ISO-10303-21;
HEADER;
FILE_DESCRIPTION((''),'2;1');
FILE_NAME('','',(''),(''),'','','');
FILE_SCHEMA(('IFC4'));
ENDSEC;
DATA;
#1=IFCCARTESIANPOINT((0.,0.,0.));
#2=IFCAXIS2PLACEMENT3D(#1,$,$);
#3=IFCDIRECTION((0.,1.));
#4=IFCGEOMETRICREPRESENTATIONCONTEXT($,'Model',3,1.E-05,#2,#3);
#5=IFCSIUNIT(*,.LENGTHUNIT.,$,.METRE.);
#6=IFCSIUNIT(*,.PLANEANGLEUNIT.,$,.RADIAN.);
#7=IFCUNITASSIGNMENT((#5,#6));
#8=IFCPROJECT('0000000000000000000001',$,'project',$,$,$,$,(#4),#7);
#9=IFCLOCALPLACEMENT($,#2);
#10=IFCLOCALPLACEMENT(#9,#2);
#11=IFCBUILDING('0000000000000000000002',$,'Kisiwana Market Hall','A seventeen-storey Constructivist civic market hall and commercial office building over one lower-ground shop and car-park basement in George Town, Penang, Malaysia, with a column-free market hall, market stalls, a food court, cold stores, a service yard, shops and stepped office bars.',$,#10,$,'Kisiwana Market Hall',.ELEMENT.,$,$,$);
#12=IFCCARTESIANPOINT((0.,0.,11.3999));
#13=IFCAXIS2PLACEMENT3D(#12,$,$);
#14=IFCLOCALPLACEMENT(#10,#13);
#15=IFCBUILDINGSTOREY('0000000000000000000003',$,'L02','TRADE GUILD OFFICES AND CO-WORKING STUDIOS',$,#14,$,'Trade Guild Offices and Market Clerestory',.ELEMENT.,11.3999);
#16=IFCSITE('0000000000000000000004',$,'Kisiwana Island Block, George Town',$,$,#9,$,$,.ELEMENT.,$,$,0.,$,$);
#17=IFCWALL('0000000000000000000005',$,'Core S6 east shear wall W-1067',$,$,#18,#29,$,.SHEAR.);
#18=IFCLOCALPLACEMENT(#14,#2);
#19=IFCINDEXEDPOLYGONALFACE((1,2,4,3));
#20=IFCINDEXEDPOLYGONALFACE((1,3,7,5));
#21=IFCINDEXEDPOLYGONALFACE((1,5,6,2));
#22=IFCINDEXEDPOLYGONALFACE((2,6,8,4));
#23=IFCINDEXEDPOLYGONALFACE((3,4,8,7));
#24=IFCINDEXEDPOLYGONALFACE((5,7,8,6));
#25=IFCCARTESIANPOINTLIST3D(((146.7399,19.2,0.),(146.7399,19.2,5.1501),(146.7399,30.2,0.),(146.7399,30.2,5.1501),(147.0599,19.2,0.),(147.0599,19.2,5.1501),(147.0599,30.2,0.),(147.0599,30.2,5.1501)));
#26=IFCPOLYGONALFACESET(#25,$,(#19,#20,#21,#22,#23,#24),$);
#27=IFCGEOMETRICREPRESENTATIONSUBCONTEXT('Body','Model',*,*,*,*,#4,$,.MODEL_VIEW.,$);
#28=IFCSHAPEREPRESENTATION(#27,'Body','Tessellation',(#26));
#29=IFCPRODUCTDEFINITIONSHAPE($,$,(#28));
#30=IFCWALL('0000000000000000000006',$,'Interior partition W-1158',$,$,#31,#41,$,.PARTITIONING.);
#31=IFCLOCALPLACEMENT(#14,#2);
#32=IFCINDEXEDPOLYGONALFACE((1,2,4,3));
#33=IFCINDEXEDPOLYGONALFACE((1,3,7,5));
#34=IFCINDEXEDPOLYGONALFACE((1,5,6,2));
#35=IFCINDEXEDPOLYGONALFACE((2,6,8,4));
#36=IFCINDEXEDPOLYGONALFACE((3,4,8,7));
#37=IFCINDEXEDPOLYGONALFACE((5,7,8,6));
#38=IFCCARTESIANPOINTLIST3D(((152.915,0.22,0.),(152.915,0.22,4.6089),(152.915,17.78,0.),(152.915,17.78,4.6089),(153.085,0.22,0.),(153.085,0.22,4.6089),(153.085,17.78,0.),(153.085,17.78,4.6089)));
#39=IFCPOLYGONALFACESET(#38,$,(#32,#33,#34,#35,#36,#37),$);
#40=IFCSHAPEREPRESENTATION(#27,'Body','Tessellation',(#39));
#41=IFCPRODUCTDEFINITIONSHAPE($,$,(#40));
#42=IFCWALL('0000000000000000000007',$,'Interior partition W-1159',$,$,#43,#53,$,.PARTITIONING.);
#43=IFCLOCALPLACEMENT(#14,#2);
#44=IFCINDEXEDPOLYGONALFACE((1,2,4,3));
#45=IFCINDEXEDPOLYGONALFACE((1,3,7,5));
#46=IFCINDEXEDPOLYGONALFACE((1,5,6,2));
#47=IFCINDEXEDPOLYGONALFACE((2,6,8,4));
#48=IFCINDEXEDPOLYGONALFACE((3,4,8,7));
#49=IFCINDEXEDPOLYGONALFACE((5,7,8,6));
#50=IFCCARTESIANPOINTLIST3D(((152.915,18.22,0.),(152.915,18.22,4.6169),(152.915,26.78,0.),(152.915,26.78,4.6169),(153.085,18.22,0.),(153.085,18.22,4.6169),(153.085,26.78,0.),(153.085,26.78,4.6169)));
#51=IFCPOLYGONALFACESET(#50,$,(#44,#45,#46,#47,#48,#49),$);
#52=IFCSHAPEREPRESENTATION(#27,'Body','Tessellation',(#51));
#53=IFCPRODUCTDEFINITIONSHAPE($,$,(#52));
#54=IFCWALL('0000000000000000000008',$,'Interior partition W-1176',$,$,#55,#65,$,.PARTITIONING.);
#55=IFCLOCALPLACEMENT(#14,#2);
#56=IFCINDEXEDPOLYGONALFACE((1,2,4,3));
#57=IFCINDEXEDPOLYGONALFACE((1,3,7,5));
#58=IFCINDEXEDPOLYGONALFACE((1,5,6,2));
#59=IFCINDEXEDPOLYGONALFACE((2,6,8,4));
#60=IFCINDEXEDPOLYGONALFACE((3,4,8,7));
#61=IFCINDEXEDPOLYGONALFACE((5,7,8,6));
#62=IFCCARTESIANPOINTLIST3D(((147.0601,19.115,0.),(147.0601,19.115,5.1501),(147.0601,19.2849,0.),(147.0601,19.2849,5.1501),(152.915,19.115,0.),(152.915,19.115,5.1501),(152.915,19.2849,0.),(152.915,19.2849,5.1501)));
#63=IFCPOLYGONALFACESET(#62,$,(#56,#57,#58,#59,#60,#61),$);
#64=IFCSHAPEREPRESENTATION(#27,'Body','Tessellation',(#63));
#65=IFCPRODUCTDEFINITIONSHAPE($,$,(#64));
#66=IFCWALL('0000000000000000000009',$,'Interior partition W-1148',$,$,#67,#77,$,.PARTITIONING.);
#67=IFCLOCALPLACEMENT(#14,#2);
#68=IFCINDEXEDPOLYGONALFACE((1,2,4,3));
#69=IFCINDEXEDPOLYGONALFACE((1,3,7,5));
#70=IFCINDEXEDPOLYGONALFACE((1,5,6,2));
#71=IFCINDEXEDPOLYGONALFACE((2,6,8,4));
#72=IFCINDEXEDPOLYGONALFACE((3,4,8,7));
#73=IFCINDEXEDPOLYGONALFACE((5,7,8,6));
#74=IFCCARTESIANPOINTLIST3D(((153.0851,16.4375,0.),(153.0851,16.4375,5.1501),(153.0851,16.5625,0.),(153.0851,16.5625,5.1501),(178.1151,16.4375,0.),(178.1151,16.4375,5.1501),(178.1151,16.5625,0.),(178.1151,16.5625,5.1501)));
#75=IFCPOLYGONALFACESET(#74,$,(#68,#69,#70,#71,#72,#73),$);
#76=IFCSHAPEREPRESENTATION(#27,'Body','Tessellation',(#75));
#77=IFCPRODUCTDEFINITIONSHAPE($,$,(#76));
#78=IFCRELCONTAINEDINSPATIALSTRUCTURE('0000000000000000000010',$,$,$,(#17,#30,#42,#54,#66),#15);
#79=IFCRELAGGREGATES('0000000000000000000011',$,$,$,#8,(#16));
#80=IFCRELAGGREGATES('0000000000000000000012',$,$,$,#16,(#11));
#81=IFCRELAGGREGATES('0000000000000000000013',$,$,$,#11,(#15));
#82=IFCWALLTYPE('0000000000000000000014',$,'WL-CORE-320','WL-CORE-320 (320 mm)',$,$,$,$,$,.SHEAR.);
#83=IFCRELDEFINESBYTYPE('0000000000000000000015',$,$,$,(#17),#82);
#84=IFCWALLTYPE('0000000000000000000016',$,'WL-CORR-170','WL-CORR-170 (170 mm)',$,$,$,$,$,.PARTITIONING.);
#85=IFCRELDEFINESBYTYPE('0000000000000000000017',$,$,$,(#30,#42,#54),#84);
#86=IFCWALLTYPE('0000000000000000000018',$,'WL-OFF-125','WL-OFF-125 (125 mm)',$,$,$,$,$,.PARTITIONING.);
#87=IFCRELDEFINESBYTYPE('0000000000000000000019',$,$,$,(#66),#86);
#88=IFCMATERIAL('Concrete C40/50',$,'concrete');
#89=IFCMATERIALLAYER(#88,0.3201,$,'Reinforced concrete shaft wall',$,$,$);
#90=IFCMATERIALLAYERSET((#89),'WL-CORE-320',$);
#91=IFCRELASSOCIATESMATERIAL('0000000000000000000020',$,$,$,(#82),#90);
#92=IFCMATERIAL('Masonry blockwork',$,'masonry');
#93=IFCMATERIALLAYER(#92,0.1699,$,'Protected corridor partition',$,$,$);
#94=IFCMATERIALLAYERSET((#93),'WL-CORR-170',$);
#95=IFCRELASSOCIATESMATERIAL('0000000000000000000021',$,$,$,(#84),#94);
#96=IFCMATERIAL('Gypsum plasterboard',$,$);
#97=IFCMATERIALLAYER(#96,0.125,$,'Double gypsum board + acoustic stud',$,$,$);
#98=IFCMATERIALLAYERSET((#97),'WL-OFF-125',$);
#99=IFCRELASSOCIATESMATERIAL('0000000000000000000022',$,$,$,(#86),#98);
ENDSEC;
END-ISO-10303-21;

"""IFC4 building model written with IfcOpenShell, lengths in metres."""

from ifc_helpers import new_model, si_unit, direction, frame, frame_2d, origin, place, context, subcontext, project, spatial, rectangle, extrude, material, layer, layer_set, type_object, element, save


model = new_model("IFC4")

# Units and contexts
model_context = context("Model", 3, precision=1e-05, world=origin(), true_north=direction((0.0, 1.0)))
body_context = subcontext(model_context, "Body", "Model", "MODEL_VIEW")
ifc_project = project(units=[si_unit("LENGTHUNIT", "METRE"), si_unit("PLANEANGLEUNIT", "RADIAN")], contexts=[model_context])

# Site, building, storey
site_placement = place(None, origin())
site = spatial("IfcSite", under=ifc_project, at=site_placement, Name="Kisiwana Island Block, George Town", CompositionType="ELEMENT", RefElevation=0.0)
building_placement = place(site_placement, origin())
building = spatial("IfcBuilding", under=site, at=building_placement, Name="Kisiwana Market Hall", Description="A seventeen-storey Constructivist civic market hall and commercial office building over one lower-ground shop and car-park basement in George Town, Penang, Malaysia, with a column-free market hall, market stalls, a food court, cold stores, a service yard, shops and stepped office bars.", LongName="Kisiwana Market Hall", CompositionType="ELEMENT")
storey_placement = place(building_placement, frame((0.0, 0.0, 11.3999)))
storey = spatial("IfcBuildingStorey", under=building, at=storey_placement, Name="L02", Description="TRADE GUILD OFFICES AND CO-WORKING STUDIOS", LongName="Trade Guild Offices and Market Clerestory", CompositionType="ELEMENT", Elevation=11.3999)

# Walls
ifc_material_1 = material(Name="Concrete C40/50", Category="concrete")
ifc_layer_1 = layer(ifc_material_1, 0.3201, Name="Reinforced concrete shaft wall")
ifc_layer_set_1 = layer_set([ifc_layer_1], Name="WL-CORE-320")
wall_type_1 = type_object("IfcWallType", Name="WL-CORE-320", Description="WL-CORE-320 (320 mm)", PredefinedType="SHEAR", material=ifc_layer_set_1)
wall_1_placement = place(storey_placement, frame((146.8999, 19.2, 0.0), z_axis=(0.0, 0.0, 1.0), x_axis=(0.0, 1.0, 0.0)))
element("IfcWall", 1, at=wall_1_placement, inside=storey, type_object=wall_type_1, Name="Core S6 east shear wall W-1067", PredefinedType="SHEAR", context=body_context, shape_type="SweptSolid", body=[
    extrude(rectangle(XDim=11.0, YDim=0.3201, at=frame_2d((5.5, 0.0))), origin(), (0.0, 0.0, 1.0), 5.1501),
])
ifc_material_2 = material(Name="Masonry blockwork", Category="masonry")
ifc_layer_2 = layer(ifc_material_2, 0.1699, Name="Protected corridor partition")
ifc_layer_set_2 = layer_set([ifc_layer_2], Name="WL-CORR-170")
wall_type_2 = type_object("IfcWallType", Name="WL-CORR-170", Description="WL-CORR-170 (170 mm)", PredefinedType="PARTITIONING", material=ifc_layer_set_2)
wall_2_placement = place(storey_placement, frame((153.0, 0.22, 0.0), z_axis=(0.0, 0.0, 1.0), x_axis=(0.0, 1.0, 0.0)))
element("IfcWall", 2, at=wall_2_placement, inside=storey, type_object=wall_type_2, Name="Interior partition W-1158", PredefinedType="PARTITIONING", context=body_context, shape_type="SweptSolid", body=[
    extrude(rectangle(XDim=17.5601, YDim=0.1699, at=frame_2d((8.78, 0.0))), origin(), (0.0, 0.0, 1.0), 4.6089),
])
wall_3_placement = place(storey_placement, frame((153.0, 18.22, 0.0), z_axis=(0.0, 0.0, 1.0), x_axis=(0.0, 1.0, 0.0)))
element("IfcWall", 3, at=wall_3_placement, inside=storey, type_object=wall_type_2, Name="Interior partition W-1159", PredefinedType="PARTITIONING", context=body_context, shape_type="SweptSolid", body=[
    extrude(rectangle(XDim=8.5601, YDim=0.1699, at=frame_2d((4.28, 0.0))), origin(), (0.0, 0.0, 1.0), 4.6169),
])
wall_4_placement = place(storey_placement, frame((147.0601, 19.2, 0.0), z_axis=(0.0, 0.0, 1.0), x_axis=(1.0, 0.0, 0.0)))
element("IfcWall", 4, at=wall_4_placement, inside=storey, type_object=wall_type_2, Name="Interior partition W-1176", PredefinedType="PARTITIONING", context=body_context, shape_type="SweptSolid", body=[
    extrude(rectangle(XDim=5.855, YDim=0.1699, at=frame_2d((2.9275, 0.0))), origin(), (0.0, 0.0, 1.0), 5.1501),
])
ifc_material_3 = material(Name="Gypsum plasterboard")
ifc_layer_3 = layer(ifc_material_3, 0.125, Name="Double gypsum board + acoustic stud")
ifc_layer_set_3 = layer_set([ifc_layer_3], Name="WL-OFF-125")
wall_type_3 = type_object("IfcWallType", Name="WL-OFF-125", Description="WL-OFF-125 (125 mm)", PredefinedType="PARTITIONING", material=ifc_layer_set_3)
wall_5_placement = place(storey_placement, frame((153.085, 16.5, 0.0), z_axis=(0.0, 0.0, 1.0), x_axis=(1.0, 0.0, 0.0)))
element("IfcWall", 5, at=wall_5_placement, inside=storey, type_object=wall_type_3, Name="Interior partition W-1148", PredefinedType="PARTITIONING", context=body_context, shape_type="SweptSolid", body=[
    extrude(rectangle(XDim=25.03, YDim=0.125, at=frame_2d((12.5151, 0.0))), origin(), (0.0, 0.0, 1.0), 5.1501),
])

save(model, "model.ifc")
